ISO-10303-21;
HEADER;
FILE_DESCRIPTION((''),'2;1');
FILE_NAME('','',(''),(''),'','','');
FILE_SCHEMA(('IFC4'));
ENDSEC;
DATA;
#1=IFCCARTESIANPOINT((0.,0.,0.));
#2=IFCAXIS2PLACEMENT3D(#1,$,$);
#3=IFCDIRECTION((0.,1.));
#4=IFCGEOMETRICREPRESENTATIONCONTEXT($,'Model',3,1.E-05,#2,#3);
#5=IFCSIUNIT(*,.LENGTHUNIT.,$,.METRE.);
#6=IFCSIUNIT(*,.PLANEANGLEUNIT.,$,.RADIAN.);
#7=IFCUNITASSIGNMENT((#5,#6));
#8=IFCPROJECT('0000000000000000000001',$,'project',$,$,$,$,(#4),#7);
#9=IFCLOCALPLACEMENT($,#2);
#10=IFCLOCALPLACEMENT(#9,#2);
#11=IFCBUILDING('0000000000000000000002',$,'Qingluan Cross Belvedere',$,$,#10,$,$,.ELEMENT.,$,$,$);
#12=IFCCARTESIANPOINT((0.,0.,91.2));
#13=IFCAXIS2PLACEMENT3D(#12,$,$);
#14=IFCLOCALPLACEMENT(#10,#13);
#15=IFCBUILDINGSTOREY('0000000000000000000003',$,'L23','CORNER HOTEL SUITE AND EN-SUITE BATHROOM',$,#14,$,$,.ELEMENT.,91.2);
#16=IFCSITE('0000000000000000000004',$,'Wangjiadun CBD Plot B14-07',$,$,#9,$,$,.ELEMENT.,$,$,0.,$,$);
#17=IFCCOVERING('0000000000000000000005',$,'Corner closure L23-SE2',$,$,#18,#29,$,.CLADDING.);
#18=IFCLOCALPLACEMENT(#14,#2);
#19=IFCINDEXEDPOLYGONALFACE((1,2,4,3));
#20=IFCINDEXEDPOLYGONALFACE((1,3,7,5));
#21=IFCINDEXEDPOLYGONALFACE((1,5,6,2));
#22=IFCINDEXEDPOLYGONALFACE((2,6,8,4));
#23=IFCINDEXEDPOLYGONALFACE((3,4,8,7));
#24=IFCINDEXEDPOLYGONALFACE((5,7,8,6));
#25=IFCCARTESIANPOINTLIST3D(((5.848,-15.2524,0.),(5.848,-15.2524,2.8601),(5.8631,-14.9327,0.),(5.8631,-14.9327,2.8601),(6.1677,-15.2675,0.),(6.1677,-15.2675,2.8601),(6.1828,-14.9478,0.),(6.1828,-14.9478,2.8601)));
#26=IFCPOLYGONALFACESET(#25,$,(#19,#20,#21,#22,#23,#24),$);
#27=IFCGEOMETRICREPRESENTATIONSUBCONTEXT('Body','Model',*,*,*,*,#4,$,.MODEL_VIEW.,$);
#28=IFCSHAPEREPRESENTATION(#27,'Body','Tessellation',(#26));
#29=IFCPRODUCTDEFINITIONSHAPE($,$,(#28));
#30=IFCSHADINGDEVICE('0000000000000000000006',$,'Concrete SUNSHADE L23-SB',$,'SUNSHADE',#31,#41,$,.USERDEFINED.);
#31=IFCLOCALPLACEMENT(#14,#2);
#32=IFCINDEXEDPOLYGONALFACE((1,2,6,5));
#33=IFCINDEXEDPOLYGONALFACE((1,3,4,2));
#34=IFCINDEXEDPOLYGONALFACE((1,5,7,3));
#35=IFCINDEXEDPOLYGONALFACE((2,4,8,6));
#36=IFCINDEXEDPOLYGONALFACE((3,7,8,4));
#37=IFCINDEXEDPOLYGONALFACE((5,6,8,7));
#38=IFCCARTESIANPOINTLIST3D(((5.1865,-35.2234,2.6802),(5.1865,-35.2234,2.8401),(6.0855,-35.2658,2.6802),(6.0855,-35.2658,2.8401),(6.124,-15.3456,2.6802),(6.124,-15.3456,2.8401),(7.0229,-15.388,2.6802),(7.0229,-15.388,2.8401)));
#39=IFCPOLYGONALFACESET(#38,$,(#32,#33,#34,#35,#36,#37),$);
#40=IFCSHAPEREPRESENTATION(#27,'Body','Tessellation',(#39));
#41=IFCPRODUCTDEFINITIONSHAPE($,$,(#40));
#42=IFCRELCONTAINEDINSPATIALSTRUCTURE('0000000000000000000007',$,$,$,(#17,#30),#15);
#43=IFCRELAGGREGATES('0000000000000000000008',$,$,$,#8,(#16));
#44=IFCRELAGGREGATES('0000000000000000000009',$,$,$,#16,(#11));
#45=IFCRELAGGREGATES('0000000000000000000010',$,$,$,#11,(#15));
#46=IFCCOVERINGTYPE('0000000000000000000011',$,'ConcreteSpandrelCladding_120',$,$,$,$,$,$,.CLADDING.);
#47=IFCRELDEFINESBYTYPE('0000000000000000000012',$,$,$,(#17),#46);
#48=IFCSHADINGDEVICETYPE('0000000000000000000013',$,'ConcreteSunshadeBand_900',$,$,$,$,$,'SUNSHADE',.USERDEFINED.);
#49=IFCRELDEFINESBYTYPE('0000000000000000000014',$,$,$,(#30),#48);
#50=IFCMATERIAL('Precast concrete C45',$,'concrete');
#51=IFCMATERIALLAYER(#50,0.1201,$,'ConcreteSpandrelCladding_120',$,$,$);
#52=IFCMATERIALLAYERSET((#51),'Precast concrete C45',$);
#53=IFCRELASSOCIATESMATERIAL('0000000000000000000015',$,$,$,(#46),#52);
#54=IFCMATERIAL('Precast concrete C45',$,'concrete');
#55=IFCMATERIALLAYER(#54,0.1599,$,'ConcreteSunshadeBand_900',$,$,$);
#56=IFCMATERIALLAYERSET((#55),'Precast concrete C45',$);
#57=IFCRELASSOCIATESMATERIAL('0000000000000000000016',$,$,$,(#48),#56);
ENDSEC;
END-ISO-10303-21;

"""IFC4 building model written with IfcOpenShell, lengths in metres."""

from ifc_helpers import new_model, si_unit, direction, frame, origin, origin_2d, place, context, subcontext, project, spatial, rectangle, extrude, material, layer, layer_set, type_object, element, save


model = new_model("IFC4")

# Units and contexts
model_context = context("Model", 3, precision=1e-05, world=origin(), true_north=direction((0.0, 1.0)))
body_context = subcontext(model_context, "Body", "Model", "MODEL_VIEW")
ifc_project = project(units=[si_unit("LENGTHUNIT", "METRE"), si_unit("PLANEANGLEUNIT", "RADIAN")], contexts=[model_context])

# Site, building, storey
site_placement = place(None, origin())
site = spatial("IfcSite", under=ifc_project, at=site_placement, Name="Wangjiadun CBD Plot B14-07", CompositionType="ELEMENT", RefElevation=0.0)
building_placement = place(site_placement, origin())
building = spatial("IfcBuilding", under=site, at=building_placement, Name="Qingluan Cross Belvedere", CompositionType="ELEMENT")
storey_placement = place(building_placement, frame((0.0, 0.0, 91.2)))
storey = spatial("IfcBuildingStorey", under=building, at=storey_placement, Name="L23", Description="CORNER HOTEL SUITE AND EN-SUITE BATHROOM", CompositionType="ELEMENT", Elevation=91.2)

# Covering
ifc_material_1 = material(Name="Precast concrete C45", Category="concrete")
ifc_layer_1 = layer(ifc_material_1, 0.1201, Name="ConcreteSpandrelCladding_120")
ifc_layer_set_1 = layer_set([ifc_layer_1], Name="Precast concrete C45")
covering_type = type_object("IfcCoveringType", Name="ConcreteSpandrelCladding_120", PredefinedType="CLADDING", material=ifc_layer_set_1)
covering_placement = place(storey_placement, frame((6.0154, -15.1001, 0.0), z_axis=(0.0, 0.0, 1.0), x_axis=(0.99889, -0.047106, 0.0)))
element("IfcCovering", 1, at=covering_placement, inside=storey, type_object=covering_type, Name="Corner closure L23-SE2", PredefinedType="CLADDING", context=body_context, shape_type="SweptSolid", body=[
    extrude(rectangle(XDim=0.3201, YDim=0.3201, at=origin_2d()), origin(), (0.0, 0.0, 1.0), 2.8601),
])

# Shading device
ifc_material_2 = material(Name="Precast concrete C45", Category="concrete")
ifc_layer_2 = layer(ifc_material_2, 0.1599, Name="ConcreteSunshadeBand_900")
ifc_layer_set_2 = layer_set([ifc_layer_2], Name="Precast concrete C45")
shading_device_type = type_object("IfcShadingDeviceType", Name="ConcreteSunshadeBand_900", ElementType="SUNSHADE", PredefinedType="USERDEFINED", material=ifc_layer_set_2)
shading_device_placement = place(storey_placement, frame((6.1047, -25.3057, 2.6802), z_axis=(0.0, 0.0, 1.0), x_axis=(0.047109, 0.99889, 0.0)))
element("IfcShadingDevice", 2, at=shading_device_placement, inside=storey, type_object=shading_device_type, Name="Concrete SUNSHADE L23-SB", ObjectType="SUNSHADE", PredefinedType="USERDEFINED", context=body_context, shape_type="SweptSolid", body=[
    extrude(rectangle(XDim=19.8999, YDim=0.8999, at=origin_2d()), origin(), (0.0, 0.0, 1.0), 0.1599),
])

save(model, "model.ifc")
